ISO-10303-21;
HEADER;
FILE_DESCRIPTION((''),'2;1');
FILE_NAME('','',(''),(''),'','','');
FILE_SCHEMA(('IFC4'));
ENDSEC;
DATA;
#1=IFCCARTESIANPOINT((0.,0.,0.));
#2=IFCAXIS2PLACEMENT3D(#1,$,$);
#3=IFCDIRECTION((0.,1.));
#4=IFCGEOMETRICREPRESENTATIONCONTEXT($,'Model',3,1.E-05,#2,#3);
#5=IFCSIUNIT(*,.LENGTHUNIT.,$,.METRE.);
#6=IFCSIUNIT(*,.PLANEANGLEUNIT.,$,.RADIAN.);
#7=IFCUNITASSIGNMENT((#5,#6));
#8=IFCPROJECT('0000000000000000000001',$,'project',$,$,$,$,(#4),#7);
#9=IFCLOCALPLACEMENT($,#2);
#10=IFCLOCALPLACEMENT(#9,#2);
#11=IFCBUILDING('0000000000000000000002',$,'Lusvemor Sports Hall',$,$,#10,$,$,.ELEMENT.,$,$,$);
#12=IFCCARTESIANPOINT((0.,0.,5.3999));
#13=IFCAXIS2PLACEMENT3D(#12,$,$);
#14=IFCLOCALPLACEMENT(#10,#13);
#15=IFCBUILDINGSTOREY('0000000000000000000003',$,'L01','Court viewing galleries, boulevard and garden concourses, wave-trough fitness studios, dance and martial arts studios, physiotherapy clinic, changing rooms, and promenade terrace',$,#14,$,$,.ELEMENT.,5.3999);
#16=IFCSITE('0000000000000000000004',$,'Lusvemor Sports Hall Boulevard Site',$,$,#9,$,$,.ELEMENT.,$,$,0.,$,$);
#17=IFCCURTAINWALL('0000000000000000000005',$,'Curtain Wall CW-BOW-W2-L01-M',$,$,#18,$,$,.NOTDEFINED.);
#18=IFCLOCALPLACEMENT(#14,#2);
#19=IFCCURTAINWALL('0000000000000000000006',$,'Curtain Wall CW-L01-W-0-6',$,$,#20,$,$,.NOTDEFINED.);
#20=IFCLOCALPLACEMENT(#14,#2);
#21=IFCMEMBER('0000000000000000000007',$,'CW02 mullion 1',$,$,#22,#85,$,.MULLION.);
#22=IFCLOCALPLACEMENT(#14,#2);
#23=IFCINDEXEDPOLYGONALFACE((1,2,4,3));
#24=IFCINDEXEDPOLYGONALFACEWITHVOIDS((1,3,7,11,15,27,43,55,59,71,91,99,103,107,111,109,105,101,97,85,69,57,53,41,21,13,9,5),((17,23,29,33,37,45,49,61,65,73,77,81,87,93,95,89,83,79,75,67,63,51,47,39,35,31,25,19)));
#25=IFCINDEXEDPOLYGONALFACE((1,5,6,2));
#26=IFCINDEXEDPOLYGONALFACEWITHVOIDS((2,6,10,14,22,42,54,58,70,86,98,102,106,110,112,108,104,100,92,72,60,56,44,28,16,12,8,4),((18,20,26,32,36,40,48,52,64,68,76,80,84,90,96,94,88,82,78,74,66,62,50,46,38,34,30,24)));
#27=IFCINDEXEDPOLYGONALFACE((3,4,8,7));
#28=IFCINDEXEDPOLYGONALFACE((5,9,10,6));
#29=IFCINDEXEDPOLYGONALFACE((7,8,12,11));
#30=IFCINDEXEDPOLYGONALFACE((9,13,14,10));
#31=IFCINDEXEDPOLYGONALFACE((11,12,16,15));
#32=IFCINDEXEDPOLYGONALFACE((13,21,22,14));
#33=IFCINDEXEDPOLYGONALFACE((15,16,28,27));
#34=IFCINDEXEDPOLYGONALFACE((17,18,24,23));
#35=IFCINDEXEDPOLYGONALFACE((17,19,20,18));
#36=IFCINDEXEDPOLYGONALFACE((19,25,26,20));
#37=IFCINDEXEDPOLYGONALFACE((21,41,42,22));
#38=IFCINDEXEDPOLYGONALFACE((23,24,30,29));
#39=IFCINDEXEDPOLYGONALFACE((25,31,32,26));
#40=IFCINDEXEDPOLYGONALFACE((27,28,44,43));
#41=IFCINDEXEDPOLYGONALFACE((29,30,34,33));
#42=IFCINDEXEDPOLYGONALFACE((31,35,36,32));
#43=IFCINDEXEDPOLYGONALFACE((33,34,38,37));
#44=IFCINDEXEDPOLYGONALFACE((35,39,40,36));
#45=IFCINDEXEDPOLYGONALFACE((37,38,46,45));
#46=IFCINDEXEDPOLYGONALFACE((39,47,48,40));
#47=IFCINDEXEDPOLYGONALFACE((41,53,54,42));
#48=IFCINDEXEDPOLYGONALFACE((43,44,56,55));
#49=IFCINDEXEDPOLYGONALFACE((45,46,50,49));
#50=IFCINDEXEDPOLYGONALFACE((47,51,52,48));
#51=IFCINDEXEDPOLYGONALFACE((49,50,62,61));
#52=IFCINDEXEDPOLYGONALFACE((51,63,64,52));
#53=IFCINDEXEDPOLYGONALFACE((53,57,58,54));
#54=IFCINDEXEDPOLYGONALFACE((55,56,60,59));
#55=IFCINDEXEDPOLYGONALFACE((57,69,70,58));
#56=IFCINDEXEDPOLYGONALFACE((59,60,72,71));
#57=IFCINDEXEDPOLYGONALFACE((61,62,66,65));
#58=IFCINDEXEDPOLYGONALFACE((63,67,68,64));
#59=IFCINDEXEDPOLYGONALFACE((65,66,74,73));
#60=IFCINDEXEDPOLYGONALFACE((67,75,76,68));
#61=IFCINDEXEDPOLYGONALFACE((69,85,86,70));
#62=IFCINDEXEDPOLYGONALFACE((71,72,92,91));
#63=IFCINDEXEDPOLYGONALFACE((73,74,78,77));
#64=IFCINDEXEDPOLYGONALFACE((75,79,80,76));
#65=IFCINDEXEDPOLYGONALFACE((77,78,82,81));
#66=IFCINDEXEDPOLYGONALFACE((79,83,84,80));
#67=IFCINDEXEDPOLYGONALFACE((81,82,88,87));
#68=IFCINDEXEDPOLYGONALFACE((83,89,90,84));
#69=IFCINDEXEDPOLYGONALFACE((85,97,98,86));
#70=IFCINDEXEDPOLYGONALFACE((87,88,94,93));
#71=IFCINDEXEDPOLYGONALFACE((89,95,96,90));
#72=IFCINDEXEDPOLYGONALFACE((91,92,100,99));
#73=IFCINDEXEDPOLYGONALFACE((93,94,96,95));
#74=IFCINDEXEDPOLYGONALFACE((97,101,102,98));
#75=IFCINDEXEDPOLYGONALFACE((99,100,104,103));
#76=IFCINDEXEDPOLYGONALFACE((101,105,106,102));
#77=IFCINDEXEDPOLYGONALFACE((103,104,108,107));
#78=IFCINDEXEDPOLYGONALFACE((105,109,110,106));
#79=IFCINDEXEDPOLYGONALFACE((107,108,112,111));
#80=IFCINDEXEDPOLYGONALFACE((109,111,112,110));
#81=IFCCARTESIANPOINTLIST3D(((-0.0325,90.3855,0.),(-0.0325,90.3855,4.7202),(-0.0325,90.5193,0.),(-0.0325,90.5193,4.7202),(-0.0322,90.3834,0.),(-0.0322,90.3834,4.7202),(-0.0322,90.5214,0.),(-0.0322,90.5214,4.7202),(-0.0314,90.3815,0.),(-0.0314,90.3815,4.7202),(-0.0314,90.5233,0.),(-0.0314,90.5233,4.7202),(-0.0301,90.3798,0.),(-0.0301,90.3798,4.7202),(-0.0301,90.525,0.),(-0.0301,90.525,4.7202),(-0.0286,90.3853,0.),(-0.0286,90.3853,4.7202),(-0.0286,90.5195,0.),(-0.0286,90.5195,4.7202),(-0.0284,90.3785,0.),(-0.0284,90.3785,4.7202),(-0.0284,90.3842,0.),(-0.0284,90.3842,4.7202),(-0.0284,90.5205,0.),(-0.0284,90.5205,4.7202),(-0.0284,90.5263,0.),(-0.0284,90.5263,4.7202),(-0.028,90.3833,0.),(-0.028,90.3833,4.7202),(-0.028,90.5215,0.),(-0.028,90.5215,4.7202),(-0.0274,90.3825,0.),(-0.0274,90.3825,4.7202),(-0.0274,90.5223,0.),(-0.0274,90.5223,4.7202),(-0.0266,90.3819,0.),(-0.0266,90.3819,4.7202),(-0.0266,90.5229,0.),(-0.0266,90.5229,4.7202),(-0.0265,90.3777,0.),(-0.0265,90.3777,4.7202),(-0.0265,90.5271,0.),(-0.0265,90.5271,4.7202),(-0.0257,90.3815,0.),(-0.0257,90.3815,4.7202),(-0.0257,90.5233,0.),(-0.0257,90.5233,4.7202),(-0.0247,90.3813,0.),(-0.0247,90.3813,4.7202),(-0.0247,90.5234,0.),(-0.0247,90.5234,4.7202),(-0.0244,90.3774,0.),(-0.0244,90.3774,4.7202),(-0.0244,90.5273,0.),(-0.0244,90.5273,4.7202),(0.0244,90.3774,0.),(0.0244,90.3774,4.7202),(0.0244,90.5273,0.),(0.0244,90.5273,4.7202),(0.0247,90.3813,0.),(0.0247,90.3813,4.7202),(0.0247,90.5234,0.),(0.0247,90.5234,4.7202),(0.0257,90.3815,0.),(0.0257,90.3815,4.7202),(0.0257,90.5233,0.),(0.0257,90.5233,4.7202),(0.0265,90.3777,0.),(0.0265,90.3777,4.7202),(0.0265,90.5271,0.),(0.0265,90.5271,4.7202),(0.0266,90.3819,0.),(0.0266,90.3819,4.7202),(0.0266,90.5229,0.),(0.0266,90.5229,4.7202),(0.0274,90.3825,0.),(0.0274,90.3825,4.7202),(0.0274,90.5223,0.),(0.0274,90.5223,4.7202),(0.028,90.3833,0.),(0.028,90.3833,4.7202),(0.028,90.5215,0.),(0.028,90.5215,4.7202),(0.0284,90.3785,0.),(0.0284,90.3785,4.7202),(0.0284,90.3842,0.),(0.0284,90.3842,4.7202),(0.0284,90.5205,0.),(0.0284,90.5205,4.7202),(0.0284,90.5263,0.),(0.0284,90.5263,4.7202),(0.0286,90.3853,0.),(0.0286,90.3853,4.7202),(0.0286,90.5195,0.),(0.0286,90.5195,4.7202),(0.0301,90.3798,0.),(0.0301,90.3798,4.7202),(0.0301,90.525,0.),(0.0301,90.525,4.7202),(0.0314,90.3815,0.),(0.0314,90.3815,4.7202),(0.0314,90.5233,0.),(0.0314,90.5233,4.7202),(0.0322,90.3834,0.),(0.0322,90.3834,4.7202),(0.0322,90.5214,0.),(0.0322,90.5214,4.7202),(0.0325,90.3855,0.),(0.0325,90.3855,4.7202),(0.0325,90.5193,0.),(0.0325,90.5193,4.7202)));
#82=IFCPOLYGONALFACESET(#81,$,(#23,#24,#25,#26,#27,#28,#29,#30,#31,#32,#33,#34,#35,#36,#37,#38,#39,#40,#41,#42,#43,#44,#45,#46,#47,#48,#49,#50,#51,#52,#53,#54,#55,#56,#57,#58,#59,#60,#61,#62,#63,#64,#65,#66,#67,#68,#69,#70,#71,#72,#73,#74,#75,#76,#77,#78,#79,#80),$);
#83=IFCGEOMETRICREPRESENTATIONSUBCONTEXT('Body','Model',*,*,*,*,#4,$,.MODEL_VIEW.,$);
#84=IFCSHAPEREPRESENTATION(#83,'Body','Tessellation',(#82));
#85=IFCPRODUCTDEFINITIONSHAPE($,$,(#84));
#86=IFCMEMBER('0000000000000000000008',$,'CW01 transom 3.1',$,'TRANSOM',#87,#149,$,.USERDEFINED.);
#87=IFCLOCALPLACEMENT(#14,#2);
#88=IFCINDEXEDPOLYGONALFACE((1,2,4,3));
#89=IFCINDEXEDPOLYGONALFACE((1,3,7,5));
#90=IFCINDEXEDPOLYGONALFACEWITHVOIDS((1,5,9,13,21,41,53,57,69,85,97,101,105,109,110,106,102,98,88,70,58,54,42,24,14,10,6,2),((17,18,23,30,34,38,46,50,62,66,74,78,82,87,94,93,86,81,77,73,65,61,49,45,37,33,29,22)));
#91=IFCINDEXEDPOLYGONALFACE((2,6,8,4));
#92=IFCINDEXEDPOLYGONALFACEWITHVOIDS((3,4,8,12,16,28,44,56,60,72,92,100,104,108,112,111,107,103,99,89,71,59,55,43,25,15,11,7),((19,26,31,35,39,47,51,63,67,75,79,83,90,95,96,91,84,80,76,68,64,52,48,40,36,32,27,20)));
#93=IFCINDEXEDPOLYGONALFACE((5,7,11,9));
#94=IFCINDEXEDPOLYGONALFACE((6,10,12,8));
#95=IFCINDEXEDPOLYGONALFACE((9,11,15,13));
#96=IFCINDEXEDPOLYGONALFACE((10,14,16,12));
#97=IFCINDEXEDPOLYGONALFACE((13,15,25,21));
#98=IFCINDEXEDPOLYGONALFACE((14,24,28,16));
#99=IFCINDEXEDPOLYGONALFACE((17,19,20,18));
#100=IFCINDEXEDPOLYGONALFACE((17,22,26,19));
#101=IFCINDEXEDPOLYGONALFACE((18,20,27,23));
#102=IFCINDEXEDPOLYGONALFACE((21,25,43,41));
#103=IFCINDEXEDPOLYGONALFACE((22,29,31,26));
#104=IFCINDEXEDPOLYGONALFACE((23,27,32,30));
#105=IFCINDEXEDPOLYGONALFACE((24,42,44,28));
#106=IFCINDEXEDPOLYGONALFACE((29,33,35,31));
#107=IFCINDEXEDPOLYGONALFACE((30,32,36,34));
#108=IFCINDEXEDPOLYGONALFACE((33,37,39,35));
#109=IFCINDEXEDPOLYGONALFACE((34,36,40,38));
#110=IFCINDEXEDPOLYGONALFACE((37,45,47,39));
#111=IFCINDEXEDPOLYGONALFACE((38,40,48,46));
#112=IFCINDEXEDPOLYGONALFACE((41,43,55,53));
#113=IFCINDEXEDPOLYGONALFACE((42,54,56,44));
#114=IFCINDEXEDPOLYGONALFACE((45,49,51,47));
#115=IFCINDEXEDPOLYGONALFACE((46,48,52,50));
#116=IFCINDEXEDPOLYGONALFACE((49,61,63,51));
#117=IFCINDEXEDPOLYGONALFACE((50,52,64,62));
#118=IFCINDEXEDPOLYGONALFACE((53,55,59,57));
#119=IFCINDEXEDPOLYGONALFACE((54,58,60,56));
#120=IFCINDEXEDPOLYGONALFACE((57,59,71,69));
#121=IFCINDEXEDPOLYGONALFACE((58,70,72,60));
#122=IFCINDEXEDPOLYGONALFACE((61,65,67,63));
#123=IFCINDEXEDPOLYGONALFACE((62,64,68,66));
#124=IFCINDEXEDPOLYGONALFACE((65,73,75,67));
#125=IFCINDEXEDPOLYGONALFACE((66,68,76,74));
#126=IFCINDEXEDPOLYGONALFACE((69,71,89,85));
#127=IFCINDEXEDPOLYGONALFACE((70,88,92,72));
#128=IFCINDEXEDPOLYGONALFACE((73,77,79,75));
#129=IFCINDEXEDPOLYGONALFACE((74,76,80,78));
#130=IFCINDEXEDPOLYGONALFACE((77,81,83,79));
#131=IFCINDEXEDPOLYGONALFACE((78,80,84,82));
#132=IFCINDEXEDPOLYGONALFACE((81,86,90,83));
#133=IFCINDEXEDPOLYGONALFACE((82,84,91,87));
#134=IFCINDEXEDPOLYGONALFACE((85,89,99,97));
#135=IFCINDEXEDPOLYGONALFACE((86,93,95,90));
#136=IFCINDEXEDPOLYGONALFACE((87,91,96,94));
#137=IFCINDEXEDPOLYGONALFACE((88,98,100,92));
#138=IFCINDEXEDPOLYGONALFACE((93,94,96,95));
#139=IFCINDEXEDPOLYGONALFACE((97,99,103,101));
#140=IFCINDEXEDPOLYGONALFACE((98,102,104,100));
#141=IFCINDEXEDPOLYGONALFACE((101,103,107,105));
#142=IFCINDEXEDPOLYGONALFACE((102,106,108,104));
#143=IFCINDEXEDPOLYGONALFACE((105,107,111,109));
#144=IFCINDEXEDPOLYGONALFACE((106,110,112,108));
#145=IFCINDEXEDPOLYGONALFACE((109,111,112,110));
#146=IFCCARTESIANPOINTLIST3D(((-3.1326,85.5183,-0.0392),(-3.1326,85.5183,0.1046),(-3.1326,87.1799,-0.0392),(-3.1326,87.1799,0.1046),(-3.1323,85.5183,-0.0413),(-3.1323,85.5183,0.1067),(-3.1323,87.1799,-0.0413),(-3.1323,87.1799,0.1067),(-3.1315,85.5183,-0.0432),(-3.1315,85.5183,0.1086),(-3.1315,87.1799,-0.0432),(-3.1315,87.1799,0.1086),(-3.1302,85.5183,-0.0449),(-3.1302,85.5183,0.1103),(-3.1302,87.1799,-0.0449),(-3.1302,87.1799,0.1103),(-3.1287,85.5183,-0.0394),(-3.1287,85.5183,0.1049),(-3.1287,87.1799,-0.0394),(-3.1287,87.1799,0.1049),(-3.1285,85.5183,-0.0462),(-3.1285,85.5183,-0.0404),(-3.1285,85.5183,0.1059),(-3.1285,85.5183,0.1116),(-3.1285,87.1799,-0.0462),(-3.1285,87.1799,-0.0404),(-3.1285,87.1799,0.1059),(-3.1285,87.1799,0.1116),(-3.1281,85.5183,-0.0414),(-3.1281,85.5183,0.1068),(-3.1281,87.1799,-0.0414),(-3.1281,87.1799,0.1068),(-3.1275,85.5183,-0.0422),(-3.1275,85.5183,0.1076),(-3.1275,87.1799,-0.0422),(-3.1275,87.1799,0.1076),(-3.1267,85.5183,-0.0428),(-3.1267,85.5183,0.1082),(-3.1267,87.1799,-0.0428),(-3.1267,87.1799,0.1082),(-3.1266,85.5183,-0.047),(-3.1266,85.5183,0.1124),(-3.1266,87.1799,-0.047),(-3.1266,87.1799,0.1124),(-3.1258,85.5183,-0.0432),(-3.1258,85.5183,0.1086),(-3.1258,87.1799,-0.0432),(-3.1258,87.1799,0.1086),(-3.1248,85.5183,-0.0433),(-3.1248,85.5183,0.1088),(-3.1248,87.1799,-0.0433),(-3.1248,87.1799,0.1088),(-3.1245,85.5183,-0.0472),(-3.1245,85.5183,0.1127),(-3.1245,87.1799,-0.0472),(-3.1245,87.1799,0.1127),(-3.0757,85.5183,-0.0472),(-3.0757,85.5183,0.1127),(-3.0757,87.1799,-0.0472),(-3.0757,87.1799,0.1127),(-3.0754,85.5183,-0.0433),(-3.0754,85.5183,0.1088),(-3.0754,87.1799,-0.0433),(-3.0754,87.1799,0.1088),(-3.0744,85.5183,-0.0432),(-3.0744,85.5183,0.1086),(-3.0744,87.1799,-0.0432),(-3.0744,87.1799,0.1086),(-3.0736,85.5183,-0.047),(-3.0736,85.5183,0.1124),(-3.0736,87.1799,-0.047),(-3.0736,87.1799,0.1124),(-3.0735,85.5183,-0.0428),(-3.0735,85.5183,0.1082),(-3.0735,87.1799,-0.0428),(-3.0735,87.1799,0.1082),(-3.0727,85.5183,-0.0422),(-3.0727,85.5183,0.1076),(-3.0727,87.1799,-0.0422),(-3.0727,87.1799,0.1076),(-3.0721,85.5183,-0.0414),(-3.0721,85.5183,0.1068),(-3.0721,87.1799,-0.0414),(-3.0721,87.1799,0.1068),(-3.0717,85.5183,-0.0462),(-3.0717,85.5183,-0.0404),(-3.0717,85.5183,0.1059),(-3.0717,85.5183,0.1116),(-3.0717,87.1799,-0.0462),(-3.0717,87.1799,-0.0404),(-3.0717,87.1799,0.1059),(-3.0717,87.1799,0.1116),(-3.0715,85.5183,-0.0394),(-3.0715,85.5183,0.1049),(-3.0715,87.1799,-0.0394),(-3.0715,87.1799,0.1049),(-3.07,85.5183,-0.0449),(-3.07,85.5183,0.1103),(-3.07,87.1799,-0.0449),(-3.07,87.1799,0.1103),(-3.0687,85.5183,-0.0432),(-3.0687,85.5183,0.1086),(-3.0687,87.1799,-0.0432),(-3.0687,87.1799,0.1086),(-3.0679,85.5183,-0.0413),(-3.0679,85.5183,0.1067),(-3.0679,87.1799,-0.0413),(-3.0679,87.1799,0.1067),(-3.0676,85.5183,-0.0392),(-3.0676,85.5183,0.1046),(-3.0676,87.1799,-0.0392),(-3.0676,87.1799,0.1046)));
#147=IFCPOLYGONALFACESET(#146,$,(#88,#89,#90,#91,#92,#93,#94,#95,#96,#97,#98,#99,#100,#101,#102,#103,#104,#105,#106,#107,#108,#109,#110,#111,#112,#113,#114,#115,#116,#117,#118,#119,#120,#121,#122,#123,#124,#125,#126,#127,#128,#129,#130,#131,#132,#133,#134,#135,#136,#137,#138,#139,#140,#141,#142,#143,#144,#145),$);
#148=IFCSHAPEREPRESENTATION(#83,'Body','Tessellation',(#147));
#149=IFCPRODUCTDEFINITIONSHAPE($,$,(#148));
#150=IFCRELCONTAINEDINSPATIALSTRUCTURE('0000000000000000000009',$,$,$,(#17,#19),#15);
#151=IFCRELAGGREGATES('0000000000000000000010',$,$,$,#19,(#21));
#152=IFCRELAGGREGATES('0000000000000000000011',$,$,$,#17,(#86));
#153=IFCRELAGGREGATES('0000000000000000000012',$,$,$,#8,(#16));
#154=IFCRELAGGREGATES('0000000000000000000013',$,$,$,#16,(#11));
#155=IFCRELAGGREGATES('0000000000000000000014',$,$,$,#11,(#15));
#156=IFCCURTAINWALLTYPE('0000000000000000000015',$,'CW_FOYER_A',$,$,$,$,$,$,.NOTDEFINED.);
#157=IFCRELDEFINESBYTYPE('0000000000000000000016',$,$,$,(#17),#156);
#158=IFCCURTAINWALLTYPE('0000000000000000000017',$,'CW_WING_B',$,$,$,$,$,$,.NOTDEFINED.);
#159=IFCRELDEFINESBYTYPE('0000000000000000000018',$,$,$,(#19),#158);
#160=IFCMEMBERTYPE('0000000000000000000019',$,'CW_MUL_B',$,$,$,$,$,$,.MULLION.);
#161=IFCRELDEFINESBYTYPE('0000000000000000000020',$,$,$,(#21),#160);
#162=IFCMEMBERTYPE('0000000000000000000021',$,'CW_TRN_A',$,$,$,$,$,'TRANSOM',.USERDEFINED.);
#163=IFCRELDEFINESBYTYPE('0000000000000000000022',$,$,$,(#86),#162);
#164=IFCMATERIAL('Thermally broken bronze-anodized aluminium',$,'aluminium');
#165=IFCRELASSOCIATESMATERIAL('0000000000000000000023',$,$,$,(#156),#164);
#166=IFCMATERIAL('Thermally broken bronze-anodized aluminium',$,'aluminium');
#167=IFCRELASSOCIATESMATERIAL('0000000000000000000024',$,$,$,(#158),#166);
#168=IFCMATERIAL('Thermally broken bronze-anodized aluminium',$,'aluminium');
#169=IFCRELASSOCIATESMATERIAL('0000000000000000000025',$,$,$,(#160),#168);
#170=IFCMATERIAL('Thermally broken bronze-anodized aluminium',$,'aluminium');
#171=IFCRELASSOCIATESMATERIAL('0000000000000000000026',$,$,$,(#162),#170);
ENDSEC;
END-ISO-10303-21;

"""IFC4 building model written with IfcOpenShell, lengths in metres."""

from ifc_helpers import new_model, si_unit, direction, frame, origin, origin_2d, place, context, subcontext, project, spatial, hollow_rectangle, extrude, material, material_profile, profile_set, type_object, element, aggregate, save


model = new_model("IFC4")

# Units and contexts
model_context = context("Model", 3, precision=1e-05, world=origin(), true_north=direction((0.0, 1.0)))
body_context = subcontext(model_context, "Body", "Model", "MODEL_VIEW")
ifc_project = project(units=[si_unit("LENGTHUNIT", "METRE"), si_unit("PLANEANGLEUNIT", "RADIAN")], contexts=[model_context])

# Site, building, storey
site_placement = place(None, origin())
site = spatial("IfcSite", under=ifc_project, at=site_placement, Name="Lusvemor Sports Hall Boulevard Site", CompositionType="ELEMENT", RefElevation=0.0)
building_placement = place(site_placement, origin())
building = spatial("IfcBuilding", under=site, at=building_placement, Name="Lusvemor Sports Hall", CompositionType="ELEMENT")
storey_placement = place(building_placement, frame((0.0, 0.0, 5.3999)))
storey = spatial("IfcBuildingStorey", under=building, at=storey_placement, Name="L01", Description="Court viewing galleries, boulevard and garden concourses, wave-trough fitness studios, dance and martial arts studios, physiotherapy clinic, changing rooms, and promenade terrace", CompositionType="ELEMENT", Elevation=5.3999)

# Curtain wall
ifc_material_1 = material(Name="Thermally broken bronze-anodized aluminium", Category="aluminium")
curtain_wall_type_1 = type_object("IfcCurtainWallType", Name="CW_FOYER_A", PredefinedType="NOTDEFINED", material=ifc_material_1)
curtain_wall_1_placement = place(storey_placement, origin())
curtain_wall_1 = element("IfcCurtainWall", 1, at=curtain_wall_1_placement, inside=storey, type_object=curtain_wall_type_1, Name="Curtain Wall CW-BOW-W2-L01-M", PredefinedType="NOTDEFINED")

# Curtain wall, member
ifc_material_2 = material(Name="Thermally broken bronze-anodized aluminium", Category="aluminium")
curtain_wall_type_2 = type_object("IfcCurtainWallType", Name="CW_WING_B", PredefinedType="NOTDEFINED", material=ifc_material_2)
curtain_wall_2_placement = place(storey_placement, origin())
curtain_wall_2 = element("IfcCurtainWall", 2, at=curtain_wall_2_placement, inside=storey, type_object=curtain_wall_type_2, Name="Curtain Wall CW-L01-W-0-6", PredefinedType="NOTDEFINED")
ifc_material_3 = material(Name="Thermally broken bronze-anodized aluminium", Category="aluminium")
ifc_material_profile_1 = material_profile(ifc_material_3, hollow_rectangle(XDim=0.0649, YDim=0.1499, WallThickness=0.0039, InnerFilletRadius=0.0039, OuterFilletRadius=0.0081, at=origin_2d()), Name="CWMUL150x65x4")
ifc_profile_set_1 = profile_set([ifc_material_profile_1], Name="Thermally broken bronze-anodized aluminium")
member_type_1 = type_object("IfcMemberType", Name="CW_MUL_B", PredefinedType="MULLION", material=ifc_profile_set_1)
member_1_placement = place(storey_placement, frame((0.0, 90.4524, 0.0), z_axis=(0.0, 0.0, 1.0), x_axis=(-1.0, 0.0, 0.0)))
member_1 = element("IfcMember", 3, at=member_1_placement, type_object=member_type_1, Name="CW02 mullion 1", PredefinedType="MULLION", context=body_context, shape_type="SweptSolid", body=[
    extrude(hollow_rectangle(XDim=0.0649, YDim=0.1499, WallThickness=0.0039, InnerFilletRadius=0.0039, OuterFilletRadius=0.0081, at=origin_2d()), origin(), (0.0, 0.0, 1.0), 4.7202),
])

# Member
ifc_material_4 = material(Name="Thermally broken bronze-anodized aluminium", Category="aluminium")
ifc_material_profile_2 = material_profile(ifc_material_4, hollow_rectangle(XDim=0.0649, YDim=0.1599, WallThickness=0.0039, InnerFilletRadius=0.0039, OuterFilletRadius=0.0081, at=origin_2d()), Name="CWTRN160x65x4")
ifc_profile_set_2 = profile_set([ifc_material_profile_2], Name="Thermally broken bronze-anodized aluminium")
member_type_2 = type_object("IfcMemberType", Name="CW_TRN_A", ElementType="TRANSOM", PredefinedType="USERDEFINED", material=ifc_profile_set_2)
member_2_placement = place(storey_placement, frame((-3.1001, 85.5183, 0.0327), z_axis=(0.0, 1.0, 0.0), x_axis=(-1.0, 0.0, 0.0)))
member_2 = element("IfcMember", 4, at=member_2_placement, type_object=member_type_2, Name="CW01 transom 3.1", ObjectType="TRANSOM", PredefinedType="USERDEFINED", context=body_context, shape_type="SweptSolid", body=[
    extrude(hollow_rectangle(XDim=0.0649, YDim=0.1599, WallThickness=0.0039, InnerFilletRadius=0.0039, OuterFilletRadius=0.0081, at=origin_2d()), origin(), (0.0, 0.0, 1.0), 1.6616),
])
aggregate(curtain_wall_2, [member_1])

aggregate(curtain_wall_1, [member_2])

save(model, "model.ifc")
